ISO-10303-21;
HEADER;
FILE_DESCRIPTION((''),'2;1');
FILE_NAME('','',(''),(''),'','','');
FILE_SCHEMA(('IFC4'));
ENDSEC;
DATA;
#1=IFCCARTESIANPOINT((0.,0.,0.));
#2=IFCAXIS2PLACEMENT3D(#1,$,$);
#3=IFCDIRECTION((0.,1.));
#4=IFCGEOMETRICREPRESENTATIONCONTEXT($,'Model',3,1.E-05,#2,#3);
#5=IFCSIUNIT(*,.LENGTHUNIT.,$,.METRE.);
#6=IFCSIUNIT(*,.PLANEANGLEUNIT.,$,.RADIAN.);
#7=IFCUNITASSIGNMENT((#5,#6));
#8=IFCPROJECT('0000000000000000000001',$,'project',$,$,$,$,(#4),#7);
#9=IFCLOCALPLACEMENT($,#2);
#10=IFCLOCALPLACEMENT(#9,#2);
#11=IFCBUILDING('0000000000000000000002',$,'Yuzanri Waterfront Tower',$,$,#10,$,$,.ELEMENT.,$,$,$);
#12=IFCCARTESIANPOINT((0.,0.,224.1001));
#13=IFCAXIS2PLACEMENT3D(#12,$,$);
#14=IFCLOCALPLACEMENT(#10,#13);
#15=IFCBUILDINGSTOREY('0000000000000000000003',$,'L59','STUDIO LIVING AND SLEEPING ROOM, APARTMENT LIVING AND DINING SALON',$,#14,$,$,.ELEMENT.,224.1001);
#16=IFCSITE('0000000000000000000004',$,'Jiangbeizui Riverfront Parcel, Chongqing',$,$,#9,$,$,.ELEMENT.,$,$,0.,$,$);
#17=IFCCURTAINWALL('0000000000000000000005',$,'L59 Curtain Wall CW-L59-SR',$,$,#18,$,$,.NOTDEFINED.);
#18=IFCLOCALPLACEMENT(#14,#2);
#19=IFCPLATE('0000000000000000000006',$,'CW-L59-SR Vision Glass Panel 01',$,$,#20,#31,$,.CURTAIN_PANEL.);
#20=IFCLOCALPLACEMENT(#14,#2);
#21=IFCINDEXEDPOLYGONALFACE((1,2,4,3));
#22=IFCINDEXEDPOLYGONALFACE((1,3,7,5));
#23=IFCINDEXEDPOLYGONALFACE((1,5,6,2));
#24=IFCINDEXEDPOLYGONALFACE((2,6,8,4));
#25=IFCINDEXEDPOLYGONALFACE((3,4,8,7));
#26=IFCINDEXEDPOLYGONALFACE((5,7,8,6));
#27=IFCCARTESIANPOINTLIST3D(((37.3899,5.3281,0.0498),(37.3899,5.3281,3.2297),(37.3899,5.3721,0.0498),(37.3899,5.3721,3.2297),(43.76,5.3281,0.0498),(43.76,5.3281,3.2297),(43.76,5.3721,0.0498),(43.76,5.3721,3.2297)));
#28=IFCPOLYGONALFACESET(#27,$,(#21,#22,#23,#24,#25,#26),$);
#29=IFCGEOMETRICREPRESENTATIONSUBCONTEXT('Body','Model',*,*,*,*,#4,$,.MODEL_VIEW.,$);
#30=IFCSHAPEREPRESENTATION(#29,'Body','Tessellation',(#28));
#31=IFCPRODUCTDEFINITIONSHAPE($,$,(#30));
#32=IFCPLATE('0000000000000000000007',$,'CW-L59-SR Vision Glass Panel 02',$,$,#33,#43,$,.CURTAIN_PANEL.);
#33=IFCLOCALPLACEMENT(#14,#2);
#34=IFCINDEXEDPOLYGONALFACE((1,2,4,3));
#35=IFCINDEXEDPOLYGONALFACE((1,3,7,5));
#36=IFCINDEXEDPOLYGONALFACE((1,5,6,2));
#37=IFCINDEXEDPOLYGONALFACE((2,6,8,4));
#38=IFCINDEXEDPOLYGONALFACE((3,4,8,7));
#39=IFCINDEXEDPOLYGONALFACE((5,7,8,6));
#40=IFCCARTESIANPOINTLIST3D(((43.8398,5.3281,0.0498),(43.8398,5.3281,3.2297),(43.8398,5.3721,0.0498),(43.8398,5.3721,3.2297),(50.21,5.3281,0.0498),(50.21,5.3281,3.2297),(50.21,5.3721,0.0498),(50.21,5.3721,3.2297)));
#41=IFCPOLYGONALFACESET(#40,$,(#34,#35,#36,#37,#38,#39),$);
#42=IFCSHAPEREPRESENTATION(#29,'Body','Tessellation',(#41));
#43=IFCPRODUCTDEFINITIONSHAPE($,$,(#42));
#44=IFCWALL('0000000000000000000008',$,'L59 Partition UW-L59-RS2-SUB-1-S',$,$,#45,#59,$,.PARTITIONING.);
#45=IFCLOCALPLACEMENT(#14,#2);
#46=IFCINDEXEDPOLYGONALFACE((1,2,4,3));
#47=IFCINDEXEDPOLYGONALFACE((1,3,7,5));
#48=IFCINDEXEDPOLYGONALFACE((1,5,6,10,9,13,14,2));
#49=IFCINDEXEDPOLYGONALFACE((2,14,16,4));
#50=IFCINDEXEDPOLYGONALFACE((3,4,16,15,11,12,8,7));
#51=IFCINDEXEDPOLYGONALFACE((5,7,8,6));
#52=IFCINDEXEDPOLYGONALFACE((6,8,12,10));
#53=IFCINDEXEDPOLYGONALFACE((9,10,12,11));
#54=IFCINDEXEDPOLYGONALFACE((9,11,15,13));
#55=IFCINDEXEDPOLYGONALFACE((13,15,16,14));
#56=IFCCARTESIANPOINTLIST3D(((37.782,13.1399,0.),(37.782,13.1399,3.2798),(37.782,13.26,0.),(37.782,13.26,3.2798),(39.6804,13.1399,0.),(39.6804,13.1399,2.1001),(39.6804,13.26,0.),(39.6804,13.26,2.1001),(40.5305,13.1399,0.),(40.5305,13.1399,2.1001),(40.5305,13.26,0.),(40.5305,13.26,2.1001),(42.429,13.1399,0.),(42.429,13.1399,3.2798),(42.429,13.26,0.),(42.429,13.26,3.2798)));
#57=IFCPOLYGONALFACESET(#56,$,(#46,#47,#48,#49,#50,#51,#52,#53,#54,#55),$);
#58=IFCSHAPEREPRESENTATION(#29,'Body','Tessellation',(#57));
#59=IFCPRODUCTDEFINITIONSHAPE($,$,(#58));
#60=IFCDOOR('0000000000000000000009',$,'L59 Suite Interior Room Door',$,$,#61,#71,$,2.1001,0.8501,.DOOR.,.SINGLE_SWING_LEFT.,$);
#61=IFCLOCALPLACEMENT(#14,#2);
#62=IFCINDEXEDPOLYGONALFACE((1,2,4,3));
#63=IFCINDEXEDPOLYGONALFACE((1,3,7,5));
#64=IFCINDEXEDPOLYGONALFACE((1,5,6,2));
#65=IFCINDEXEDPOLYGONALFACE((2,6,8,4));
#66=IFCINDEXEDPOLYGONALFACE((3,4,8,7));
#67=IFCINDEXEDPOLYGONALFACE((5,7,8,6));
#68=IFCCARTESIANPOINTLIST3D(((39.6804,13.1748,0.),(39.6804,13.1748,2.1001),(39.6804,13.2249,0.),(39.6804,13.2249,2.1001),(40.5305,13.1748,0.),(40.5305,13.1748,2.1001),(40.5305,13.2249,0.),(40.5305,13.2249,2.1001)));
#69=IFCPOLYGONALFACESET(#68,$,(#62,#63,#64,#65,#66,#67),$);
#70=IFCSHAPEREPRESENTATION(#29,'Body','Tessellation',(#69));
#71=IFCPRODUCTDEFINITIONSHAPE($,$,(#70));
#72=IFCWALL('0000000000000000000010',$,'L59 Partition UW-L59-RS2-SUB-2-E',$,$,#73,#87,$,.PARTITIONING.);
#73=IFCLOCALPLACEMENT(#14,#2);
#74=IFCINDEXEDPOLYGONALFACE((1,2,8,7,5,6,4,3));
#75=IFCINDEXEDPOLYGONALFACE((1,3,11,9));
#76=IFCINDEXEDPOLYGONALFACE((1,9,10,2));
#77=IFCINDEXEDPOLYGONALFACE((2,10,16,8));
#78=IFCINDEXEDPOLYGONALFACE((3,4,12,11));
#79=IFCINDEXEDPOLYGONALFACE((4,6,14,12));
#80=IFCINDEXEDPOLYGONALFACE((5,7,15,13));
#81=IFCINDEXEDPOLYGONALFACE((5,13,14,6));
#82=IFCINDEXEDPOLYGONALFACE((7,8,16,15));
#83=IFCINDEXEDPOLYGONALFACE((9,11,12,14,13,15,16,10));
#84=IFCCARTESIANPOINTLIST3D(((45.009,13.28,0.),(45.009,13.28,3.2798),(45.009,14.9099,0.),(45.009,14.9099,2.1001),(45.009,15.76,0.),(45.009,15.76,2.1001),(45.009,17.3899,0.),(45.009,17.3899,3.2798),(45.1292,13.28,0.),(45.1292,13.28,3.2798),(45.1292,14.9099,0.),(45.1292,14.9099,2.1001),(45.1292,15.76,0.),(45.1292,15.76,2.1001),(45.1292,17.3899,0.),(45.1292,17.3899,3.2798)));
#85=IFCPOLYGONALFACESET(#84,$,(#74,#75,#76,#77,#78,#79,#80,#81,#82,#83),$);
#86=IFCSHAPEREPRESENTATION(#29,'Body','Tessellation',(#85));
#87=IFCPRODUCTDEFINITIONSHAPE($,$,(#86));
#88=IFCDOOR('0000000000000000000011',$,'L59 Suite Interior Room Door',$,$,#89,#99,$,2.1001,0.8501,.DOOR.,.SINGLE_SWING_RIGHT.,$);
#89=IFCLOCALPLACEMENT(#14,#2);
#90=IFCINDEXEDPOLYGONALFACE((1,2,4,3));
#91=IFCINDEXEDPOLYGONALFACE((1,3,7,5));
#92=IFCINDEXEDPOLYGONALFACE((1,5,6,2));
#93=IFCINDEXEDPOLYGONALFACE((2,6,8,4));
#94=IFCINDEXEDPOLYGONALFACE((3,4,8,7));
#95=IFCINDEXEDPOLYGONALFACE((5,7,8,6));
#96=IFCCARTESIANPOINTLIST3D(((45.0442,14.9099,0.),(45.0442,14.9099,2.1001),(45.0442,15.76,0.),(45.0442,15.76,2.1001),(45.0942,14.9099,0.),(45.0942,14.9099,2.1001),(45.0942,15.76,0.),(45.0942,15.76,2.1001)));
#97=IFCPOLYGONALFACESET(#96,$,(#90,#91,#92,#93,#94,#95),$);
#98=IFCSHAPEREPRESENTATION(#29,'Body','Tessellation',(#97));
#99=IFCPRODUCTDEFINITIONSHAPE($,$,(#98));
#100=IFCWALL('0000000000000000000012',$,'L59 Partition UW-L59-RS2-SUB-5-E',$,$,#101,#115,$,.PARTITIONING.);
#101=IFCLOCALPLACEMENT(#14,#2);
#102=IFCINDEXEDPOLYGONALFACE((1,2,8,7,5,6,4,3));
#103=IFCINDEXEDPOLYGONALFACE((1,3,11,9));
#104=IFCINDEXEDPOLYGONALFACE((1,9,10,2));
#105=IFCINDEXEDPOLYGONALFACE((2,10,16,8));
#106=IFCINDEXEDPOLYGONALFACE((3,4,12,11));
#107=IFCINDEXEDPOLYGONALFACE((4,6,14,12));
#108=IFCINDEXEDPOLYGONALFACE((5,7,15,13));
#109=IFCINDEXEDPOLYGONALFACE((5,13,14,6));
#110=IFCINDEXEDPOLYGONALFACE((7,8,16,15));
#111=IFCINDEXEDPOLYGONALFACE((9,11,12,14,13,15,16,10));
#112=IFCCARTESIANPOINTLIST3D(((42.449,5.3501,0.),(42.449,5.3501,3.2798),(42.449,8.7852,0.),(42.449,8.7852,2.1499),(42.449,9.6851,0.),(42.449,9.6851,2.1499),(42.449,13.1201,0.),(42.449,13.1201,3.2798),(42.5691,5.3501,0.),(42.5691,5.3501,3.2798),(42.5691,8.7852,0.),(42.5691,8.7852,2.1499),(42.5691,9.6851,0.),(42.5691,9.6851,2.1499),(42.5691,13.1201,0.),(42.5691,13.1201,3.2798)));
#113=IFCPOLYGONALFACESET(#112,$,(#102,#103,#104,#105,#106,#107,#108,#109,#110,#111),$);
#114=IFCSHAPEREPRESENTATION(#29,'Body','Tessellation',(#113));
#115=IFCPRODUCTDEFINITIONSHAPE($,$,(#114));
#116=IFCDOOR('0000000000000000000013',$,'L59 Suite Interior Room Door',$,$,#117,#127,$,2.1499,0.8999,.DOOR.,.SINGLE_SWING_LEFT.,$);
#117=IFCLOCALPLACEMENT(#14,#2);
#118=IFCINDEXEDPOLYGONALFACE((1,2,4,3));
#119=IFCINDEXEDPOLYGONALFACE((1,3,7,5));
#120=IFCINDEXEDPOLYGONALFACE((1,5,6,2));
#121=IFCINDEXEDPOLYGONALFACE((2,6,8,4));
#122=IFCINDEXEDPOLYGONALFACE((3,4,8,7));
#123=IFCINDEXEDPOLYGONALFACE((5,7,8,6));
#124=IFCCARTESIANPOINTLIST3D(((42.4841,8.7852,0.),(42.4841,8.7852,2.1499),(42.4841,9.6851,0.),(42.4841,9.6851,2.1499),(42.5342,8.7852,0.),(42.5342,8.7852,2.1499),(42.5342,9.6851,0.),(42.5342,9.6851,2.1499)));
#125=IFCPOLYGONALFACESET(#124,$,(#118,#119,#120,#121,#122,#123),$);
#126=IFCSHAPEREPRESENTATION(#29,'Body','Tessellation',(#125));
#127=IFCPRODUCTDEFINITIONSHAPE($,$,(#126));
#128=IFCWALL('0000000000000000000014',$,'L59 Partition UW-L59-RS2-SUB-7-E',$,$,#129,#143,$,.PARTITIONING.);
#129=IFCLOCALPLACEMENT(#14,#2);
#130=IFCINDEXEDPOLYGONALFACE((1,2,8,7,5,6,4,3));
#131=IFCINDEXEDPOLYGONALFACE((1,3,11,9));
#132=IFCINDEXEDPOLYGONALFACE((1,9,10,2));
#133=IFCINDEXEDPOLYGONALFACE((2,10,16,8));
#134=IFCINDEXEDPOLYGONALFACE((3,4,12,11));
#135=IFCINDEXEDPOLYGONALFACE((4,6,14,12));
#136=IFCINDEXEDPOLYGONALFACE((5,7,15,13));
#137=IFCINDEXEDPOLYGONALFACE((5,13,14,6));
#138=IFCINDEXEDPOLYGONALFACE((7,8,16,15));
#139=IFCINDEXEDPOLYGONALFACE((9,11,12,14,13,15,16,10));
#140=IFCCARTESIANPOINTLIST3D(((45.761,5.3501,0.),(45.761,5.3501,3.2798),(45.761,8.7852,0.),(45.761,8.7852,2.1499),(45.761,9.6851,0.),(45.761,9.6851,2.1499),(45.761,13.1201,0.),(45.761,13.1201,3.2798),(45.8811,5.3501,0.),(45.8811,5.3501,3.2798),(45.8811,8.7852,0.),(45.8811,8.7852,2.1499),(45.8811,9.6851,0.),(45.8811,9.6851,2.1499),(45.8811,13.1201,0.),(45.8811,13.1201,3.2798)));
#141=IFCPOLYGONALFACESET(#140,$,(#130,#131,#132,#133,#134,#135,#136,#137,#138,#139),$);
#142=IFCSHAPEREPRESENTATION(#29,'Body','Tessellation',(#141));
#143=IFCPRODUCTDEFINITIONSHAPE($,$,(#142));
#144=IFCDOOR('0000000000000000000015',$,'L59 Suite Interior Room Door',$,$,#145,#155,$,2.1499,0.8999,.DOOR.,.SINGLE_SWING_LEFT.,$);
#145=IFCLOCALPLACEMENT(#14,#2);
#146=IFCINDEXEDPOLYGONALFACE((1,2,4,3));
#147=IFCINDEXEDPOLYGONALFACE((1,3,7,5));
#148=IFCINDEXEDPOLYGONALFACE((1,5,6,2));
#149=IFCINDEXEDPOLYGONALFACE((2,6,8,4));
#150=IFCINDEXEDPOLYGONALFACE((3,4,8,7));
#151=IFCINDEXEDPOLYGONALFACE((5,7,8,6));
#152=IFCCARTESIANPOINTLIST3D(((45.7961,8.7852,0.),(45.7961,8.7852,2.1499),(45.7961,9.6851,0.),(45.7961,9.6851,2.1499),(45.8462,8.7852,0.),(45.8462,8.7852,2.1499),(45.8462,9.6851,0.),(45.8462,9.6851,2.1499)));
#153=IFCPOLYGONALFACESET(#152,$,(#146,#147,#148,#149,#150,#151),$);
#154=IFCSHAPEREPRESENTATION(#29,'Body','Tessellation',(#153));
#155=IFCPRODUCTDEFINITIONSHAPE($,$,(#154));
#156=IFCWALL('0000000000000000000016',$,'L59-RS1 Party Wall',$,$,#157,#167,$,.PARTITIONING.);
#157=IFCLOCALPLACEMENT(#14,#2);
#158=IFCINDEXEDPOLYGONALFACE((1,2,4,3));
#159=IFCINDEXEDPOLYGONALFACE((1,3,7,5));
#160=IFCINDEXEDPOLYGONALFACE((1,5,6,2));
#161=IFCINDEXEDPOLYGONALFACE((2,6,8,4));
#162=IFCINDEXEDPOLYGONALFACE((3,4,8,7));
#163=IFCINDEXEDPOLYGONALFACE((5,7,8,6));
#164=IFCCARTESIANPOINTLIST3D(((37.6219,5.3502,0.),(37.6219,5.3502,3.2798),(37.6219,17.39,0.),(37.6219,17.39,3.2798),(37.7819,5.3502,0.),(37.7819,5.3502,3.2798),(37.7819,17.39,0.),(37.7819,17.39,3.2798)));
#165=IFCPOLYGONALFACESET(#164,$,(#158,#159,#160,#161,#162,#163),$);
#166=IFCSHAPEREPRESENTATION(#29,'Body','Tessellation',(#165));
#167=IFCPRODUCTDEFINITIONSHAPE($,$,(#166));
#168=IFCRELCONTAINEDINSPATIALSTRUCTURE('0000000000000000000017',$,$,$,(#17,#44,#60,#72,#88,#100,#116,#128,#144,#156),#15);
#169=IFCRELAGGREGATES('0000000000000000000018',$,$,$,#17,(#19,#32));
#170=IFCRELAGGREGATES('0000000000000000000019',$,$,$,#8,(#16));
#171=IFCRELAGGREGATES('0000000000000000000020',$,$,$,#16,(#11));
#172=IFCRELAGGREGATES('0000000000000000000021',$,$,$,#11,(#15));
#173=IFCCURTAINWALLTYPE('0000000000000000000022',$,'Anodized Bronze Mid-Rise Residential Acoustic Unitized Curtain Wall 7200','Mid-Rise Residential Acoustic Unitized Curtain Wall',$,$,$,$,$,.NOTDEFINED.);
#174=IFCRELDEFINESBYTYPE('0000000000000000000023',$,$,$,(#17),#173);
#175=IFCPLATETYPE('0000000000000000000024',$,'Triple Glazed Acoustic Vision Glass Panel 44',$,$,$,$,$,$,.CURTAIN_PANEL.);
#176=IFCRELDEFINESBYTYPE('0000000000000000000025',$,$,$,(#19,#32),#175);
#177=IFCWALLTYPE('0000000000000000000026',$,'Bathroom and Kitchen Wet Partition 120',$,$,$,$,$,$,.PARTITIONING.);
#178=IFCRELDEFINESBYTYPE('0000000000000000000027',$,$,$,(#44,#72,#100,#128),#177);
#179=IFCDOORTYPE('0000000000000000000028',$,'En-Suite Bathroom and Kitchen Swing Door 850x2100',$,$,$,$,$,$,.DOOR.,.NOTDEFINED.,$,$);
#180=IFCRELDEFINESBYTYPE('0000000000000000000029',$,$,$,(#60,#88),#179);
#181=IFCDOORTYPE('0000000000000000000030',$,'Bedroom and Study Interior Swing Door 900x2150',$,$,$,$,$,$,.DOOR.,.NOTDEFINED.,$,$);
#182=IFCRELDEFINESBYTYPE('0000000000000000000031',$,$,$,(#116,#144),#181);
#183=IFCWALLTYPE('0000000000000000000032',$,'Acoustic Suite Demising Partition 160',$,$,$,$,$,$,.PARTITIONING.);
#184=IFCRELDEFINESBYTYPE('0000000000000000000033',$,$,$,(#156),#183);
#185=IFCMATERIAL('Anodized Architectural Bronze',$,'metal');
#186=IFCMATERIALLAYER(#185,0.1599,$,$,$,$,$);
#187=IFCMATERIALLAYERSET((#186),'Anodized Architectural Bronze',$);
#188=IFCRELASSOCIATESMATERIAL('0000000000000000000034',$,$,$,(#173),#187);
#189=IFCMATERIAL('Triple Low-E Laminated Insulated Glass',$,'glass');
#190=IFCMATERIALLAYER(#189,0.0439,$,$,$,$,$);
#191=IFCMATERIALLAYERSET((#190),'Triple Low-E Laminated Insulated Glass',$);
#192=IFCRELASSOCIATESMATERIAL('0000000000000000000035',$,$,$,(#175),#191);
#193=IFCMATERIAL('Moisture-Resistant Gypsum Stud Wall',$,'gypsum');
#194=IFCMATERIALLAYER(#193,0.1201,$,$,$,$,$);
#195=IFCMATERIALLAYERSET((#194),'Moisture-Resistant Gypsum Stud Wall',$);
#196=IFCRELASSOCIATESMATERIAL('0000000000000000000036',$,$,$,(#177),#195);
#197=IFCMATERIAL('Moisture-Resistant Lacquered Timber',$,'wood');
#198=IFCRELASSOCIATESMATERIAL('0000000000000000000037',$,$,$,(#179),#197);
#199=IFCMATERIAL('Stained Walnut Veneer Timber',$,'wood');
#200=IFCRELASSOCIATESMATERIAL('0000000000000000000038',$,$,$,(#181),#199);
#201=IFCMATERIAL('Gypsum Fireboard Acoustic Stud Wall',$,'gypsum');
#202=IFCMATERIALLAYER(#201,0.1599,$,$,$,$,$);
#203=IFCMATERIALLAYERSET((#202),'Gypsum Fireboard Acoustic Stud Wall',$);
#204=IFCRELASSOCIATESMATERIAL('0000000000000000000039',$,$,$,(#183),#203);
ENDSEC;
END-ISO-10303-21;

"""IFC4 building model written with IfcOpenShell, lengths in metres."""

from ifc_helpers import new_model, si_unit, direction, frame, frame_2d, origin, origin_2d, place, context, subcontext, project, spatial, rectangle, extrude, source, transform, mapped, material, layer, layer_set, type_object, element, fill, aggregate, save


model = new_model("IFC4")

# Units and contexts
model_context = context("Model", 3, precision=1e-05, world=origin(), true_north=direction((0.0, 1.0)))
body_context = subcontext(model_context, "Body", "Model", "MODEL_VIEW")
ifc_project = project(units=[si_unit("LENGTHUNIT", "METRE"), si_unit("PLANEANGLEUNIT", "RADIAN")], contexts=[model_context])

# Site, building, storey
site_placement = place(None, origin())
site = spatial("IfcSite", under=ifc_project, at=site_placement, Name="Jiangbeizui Riverfront Parcel, Chongqing", CompositionType="ELEMENT", RefElevation=0.0)
building_placement = place(site_placement, origin())
building = spatial("IfcBuilding", under=site, at=building_placement, Name="Yuzanri Waterfront Tower", CompositionType="ELEMENT")
storey_placement = place(building_placement, frame((0.0, 0.0, 224.1001)))
storey = spatial("IfcBuildingStorey", under=building, at=storey_placement, Name="L59", Description="STUDIO LIVING AND SLEEPING ROOM, APARTMENT LIVING AND DINING SALON", CompositionType="ELEMENT", Elevation=224.1001)

# Curtain wall, plates
ifc_material_1 = material(Name="Anodized Architectural Bronze", Category="metal")
ifc_layer_1 = layer(ifc_material_1, 0.1599)
ifc_layer_set_1 = layer_set([ifc_layer_1], Name="Anodized Architectural Bronze")
curtain_wall_type = type_object("IfcCurtainWallType", Name="Anodized Bronze Mid-Rise Residential Acoustic Unitized Curtain Wall 7200", Description="Mid-Rise Residential Acoustic Unitized Curtain Wall", PredefinedType="NOTDEFINED", material=ifc_layer_set_1)
curtain_wall_placement = place(storey_placement, origin())
curtain_wall = element("IfcCurtainWall", 1, at=curtain_wall_placement, inside=storey, type_object=curtain_wall_type, Name="L59 Curtain Wall CW-L59-SR", PredefinedType="NOTDEFINED")
ifc_material_2 = material(Name="Triple Low-E Laminated Insulated Glass", Category="glass")
ifc_layer_2 = layer(ifc_material_2, 0.0439)
ifc_layer_set_2 = layer_set([ifc_layer_2], Name="Triple Low-E Laminated Insulated Glass")
plate_type = type_object("IfcPlateType", Name="Triple Glazed Acoustic Vision Glass Panel 44", PredefinedType="CURTAIN_PANEL", material=ifc_layer_set_2)
shared_shape_1 = source(origin(), body_context, "Body", "SweptSolid", [
    extrude(rectangle(XDim=6.3701, YDim=0.0439, at=origin_2d()), origin(), (0.0, 0.0, 1.0), 3.1799),
])
plate_1_placement = place(storey_placement, frame((40.575, 5.3501, 0.0498), z_axis=(0.0, 0.0, 1.0), x_axis=(1.0, 0.0, 0.0)))
plate_1 = element("IfcPlate", 2, at=plate_1_placement, type_object=plate_type, Name="CW-L59-SR Vision Glass Panel 01", PredefinedType="CURTAIN_PANEL", context=body_context, shape_type="MappedRepresentation", body=[
    mapped(shared_shape_1, transform((0.0, 0.0, 0.0), scale=1.0)),
])
plate_2_placement = place(storey_placement, frame((47.0249, 5.3501, 0.0498), z_axis=(0.0, 0.0, 1.0), x_axis=(1.0, 0.0, 0.0)))
plate_2 = element("IfcPlate", 3, at=plate_2_placement, type_object=plate_type, Name="CW-L59-SR Vision Glass Panel 02", PredefinedType="CURTAIN_PANEL", context=body_context, shape_type="MappedRepresentation", body=[
    mapped(shared_shape_1, transform((0.0, 0.0, 0.0), scale=1.0)),
])
aggregate(curtain_wall, [plate_1, plate_2])

# Walls, openings, doors
ifc_material_3 = material(Name="Moisture-Resistant Gypsum Stud Wall", Category="gypsum")
ifc_layer_3 = layer(ifc_material_3, 0.1201)
ifc_layer_set_3 = layer_set([ifc_layer_3], Name="Moisture-Resistant Gypsum Stud Wall")
wall_type_1 = type_object("IfcWallType", Name="Bathroom and Kitchen Wet Partition 120", PredefinedType="PARTITIONING", material=ifc_layer_set_3)
wall_1_placement = place(storey_placement, frame((37.782, 13.2, 0.0), z_axis=(0.0, 0.0, 1.0), x_axis=(1.0, 0.0, 0.0)))
wall_1 = element("IfcWall", 4, at=wall_1_placement, inside=storey, type_object=wall_type_1, Name="L59 Partition UW-L59-RS2-SUB-1-S", PredefinedType="PARTITIONING", context=body_context, shape_type="SweptSolid", body=[
    extrude(rectangle(XDim=4.647, YDim=0.1201, at=frame_2d((2.3235, 0.0))), origin(), (0.0, 0.0, 1.0), 3.2798),
])
opening_1_placement = place(wall_1_placement, frame((1.8984, 0.0, 0.0)))
opening_1 = element("IfcOpeningElement", 5, at=opening_1_placement, cuts=wall_1, PredefinedType="OPENING", context=body_context, shape_type="SweptSolid", body=[
    extrude(rectangle(XDim=0.8501, YDim=2.1001, at=frame_2d((0.425, 1.05))), frame((0.0, 0.075, 0.0), z_axis=(0.0, -1.0, 0.0), x_axis=(1.0, 0.0, 0.0)), (0.0, 0.0, 1.0), 0.1499),
])
ifc_material_4 = material(Name="Moisture-Resistant Lacquered Timber", Category="wood")
door_type_1 = type_object("IfcDoorType", Name="En-Suite Bathroom and Kitchen Swing Door 850x2100", OperationType="NOTDEFINED", PredefinedType="DOOR", material=ifc_material_4)
shared_shape_2 = source(origin(), body_context, "Body", "SweptSolid", [
    extrude(rectangle(XDim=0.8501, YDim=2.1001, at=frame_2d((0.425, 1.05))), frame((0.0, 0.0249, 0.0), z_axis=(0.0, -1.0, 0.0), x_axis=(1.0, 0.0, 0.0)), (0.0, 0.0, 1.0), 0.05),
])
door_1_placement = place(opening_1_placement, origin())
door_1 = element("IfcDoor", 6, at=door_1_placement, inside=storey, type_object=door_type_1, Name="L59 Suite Interior Room Door", OperationType="SINGLE_SWING_LEFT", OverallHeight=2.1001, OverallWidth=0.8501, PredefinedType="DOOR", context=body_context, shape_type="MappedRepresentation", body=[
    mapped(shared_shape_2, transform((0.0, 0.0, 0.0), scale=1.0)),
])
fill(opening_1, door_1)
wall_2_placement = place(storey_placement, frame((45.0691, 13.28, 0.0), z_axis=(0.0, 0.0, 1.0), x_axis=(0.0, 1.0, 0.0)))
wall_2 = element("IfcWall", 7, at=wall_2_placement, inside=storey, type_object=wall_type_1, Name="L59 Partition UW-L59-RS2-SUB-2-E", PredefinedType="PARTITIONING", context=body_context, shape_type="SweptSolid", body=[
    extrude(rectangle(XDim=4.1099, YDim=0.1201, at=frame_2d((2.0549, 0.0))), origin(), (0.0, 0.0, 1.0), 3.2798),
])
opening_2_placement = place(wall_2_placement, frame((1.6299, 0.0, 0.0)))
opening_2 = element("IfcOpeningElement", 8, at=opening_2_placement, cuts=wall_2, PredefinedType="OPENING", context=body_context, shape_type="SweptSolid", body=[
    extrude(rectangle(XDim=0.8501, YDim=2.1001, at=frame_2d((0.425, 1.05))), frame((0.0, 0.075, 0.0), z_axis=(0.0, -1.0, 0.0), x_axis=(1.0, 0.0, 0.0)), (0.0, 0.0, 1.0), 0.1499),
])
door_2_placement = place(opening_2_placement, origin())
door_2 = element("IfcDoor", 9, at=door_2_placement, inside=storey, type_object=door_type_1, Name="L59 Suite Interior Room Door", OperationType="SINGLE_SWING_RIGHT", OverallHeight=2.1001, OverallWidth=0.8501, PredefinedType="DOOR", context=body_context, shape_type="MappedRepresentation", body=[
    mapped(shared_shape_2, transform((0.0, 0.0, 0.0), scale=1.0)),
])
fill(opening_2, door_2)
wall_3_placement = place(storey_placement, frame((42.509, 5.3501, 0.0), z_axis=(0.0, 0.0, 1.0), x_axis=(0.0, 1.0, 0.0)))
wall_3 = element("IfcWall", 10, at=wall_3_placement, inside=storey, type_object=wall_type_1, Name="L59 Partition UW-L59-RS2-SUB-5-E", PredefinedType="PARTITIONING", context=body_context, shape_type="SweptSolid", body=[
    extrude(rectangle(XDim=7.77, YDim=0.1201, at=frame_2d((3.885, 0.0))), origin(), (0.0, 0.0, 1.0), 3.2798),
])
opening_3_placement = place(wall_3_placement, frame((3.4351, 0.0, 0.0)))
opening_3 = element("IfcOpeningElement", 11, at=opening_3_placement, cuts=wall_3, PredefinedType="OPENING", context=body_context, shape_type="SweptSolid", body=[
    extrude(rectangle(XDim=0.8999, YDim=2.1499, at=frame_2d((0.45, 1.075))), frame((0.0, 0.075, 0.0), z_axis=(0.0, -1.0, 0.0), x_axis=(1.0, 0.0, 0.0)), (0.0, 0.0, 1.0), 0.1499),
])
ifc_material_5 = material(Name="Stained Walnut Veneer Timber", Category="wood")
door_type_2 = type_object("IfcDoorType", Name="Bedroom and Study Interior Swing Door 900x2150", OperationType="NOTDEFINED", PredefinedType="DOOR", material=ifc_material_5)
shared_shape_3 = source(origin(), body_context, "Body", "SweptSolid", [
    extrude(rectangle(XDim=0.8999, YDim=2.1499, at=frame_2d((0.45, 1.075))), frame((0.0, 0.0249, 0.0), z_axis=(0.0, -1.0, 0.0), x_axis=(1.0, 0.0, 0.0)), (0.0, 0.0, 1.0), 0.05),
])
door_3_placement = place(opening_3_placement, origin())
door_3 = element("IfcDoor", 12, at=door_3_placement, inside=storey, type_object=door_type_2, Name="L59 Suite Interior Room Door", OperationType="SINGLE_SWING_LEFT", OverallHeight=2.1499, OverallWidth=0.8999, PredefinedType="DOOR", context=body_context, shape_type="MappedRepresentation", body=[
    mapped(shared_shape_3, transform((0.0, 0.0, 0.0), scale=1.0)),
])
fill(opening_3, door_3)
wall_4_placement = place(storey_placement, frame((45.821, 5.3501, 0.0), z_axis=(0.0, 0.0, 1.0), x_axis=(0.0, 1.0, 0.0)))
wall_4 = element("IfcWall", 13, at=wall_4_placement, inside=storey, type_object=wall_type_1, Name="L59 Partition UW-L59-RS2-SUB-7-E", PredefinedType="PARTITIONING", context=body_context, shape_type="SweptSolid", body=[
    extrude(rectangle(XDim=7.77, YDim=0.1201, at=frame_2d((3.885, 0.0))), origin(), (0.0, 0.0, 1.0), 3.2798),
])
opening_4_placement = place(wall_4_placement, frame((3.4351, 0.0, 0.0)))
opening_4 = element("IfcOpeningElement", 14, at=opening_4_placement, cuts=wall_4, PredefinedType="OPENING", context=body_context, shape_type="SweptSolid", body=[
    extrude(rectangle(XDim=0.8999, YDim=2.1499, at=frame_2d((0.45, 1.075))), frame((0.0, 0.075, 0.0), z_axis=(0.0, -1.0, 0.0), x_axis=(1.0, 0.0, 0.0)), (0.0, 0.0, 1.0), 0.1499),
])
door_4_placement = place(opening_4_placement, origin())
door_4 = element("IfcDoor", 15, at=door_4_placement, inside=storey, type_object=door_type_2, Name="L59 Suite Interior Room Door", OperationType="SINGLE_SWING_LEFT", OverallHeight=2.1499, OverallWidth=0.8999, PredefinedType="DOOR", context=body_context, shape_type="MappedRepresentation", body=[
    mapped(shared_shape_3, transform((0.0, 0.0, 0.0), scale=1.0)),
])
fill(opening_4, door_4)

# Wall
ifc_material_6 = material(Name="Gypsum Fireboard Acoustic Stud Wall", Category="gypsum")
ifc_layer_4 = layer(ifc_material_6, 0.1599)
ifc_layer_set_4 = layer_set([ifc_layer_4], Name="Gypsum Fireboard Acoustic Stud Wall")
wall_type_2 = type_object("IfcWallType", Name="Acoustic Suite Demising Partition 160", PredefinedType="PARTITIONING", material=ifc_layer_set_4)
shared_shape_4 = source(origin(), body_context, "Body", "SweptSolid", [
    extrude(rectangle(XDim=12.0398, YDim=0.1599, at=frame_2d((6.02, 0.0))), origin(), (0.0, 0.0, 1.0), 3.2798),
])
wall_5_placement = place(storey_placement, frame((37.7019, 5.3501, 0.0), z_axis=(0.0, 0.0, 1.0), x_axis=(0.0, 1.0, 0.0)))
element("IfcWall", 16, at=wall_5_placement, inside=storey, type_object=wall_type_2, Name="L59-RS1 Party Wall", PredefinedType="PARTITIONING", context=body_context, shape_type="MappedRepresentation", body=[
    mapped(shared_shape_4, transform((0.0, 0.0, 0.0), scale=1.0)),
])

save(model, "model.ifc")
